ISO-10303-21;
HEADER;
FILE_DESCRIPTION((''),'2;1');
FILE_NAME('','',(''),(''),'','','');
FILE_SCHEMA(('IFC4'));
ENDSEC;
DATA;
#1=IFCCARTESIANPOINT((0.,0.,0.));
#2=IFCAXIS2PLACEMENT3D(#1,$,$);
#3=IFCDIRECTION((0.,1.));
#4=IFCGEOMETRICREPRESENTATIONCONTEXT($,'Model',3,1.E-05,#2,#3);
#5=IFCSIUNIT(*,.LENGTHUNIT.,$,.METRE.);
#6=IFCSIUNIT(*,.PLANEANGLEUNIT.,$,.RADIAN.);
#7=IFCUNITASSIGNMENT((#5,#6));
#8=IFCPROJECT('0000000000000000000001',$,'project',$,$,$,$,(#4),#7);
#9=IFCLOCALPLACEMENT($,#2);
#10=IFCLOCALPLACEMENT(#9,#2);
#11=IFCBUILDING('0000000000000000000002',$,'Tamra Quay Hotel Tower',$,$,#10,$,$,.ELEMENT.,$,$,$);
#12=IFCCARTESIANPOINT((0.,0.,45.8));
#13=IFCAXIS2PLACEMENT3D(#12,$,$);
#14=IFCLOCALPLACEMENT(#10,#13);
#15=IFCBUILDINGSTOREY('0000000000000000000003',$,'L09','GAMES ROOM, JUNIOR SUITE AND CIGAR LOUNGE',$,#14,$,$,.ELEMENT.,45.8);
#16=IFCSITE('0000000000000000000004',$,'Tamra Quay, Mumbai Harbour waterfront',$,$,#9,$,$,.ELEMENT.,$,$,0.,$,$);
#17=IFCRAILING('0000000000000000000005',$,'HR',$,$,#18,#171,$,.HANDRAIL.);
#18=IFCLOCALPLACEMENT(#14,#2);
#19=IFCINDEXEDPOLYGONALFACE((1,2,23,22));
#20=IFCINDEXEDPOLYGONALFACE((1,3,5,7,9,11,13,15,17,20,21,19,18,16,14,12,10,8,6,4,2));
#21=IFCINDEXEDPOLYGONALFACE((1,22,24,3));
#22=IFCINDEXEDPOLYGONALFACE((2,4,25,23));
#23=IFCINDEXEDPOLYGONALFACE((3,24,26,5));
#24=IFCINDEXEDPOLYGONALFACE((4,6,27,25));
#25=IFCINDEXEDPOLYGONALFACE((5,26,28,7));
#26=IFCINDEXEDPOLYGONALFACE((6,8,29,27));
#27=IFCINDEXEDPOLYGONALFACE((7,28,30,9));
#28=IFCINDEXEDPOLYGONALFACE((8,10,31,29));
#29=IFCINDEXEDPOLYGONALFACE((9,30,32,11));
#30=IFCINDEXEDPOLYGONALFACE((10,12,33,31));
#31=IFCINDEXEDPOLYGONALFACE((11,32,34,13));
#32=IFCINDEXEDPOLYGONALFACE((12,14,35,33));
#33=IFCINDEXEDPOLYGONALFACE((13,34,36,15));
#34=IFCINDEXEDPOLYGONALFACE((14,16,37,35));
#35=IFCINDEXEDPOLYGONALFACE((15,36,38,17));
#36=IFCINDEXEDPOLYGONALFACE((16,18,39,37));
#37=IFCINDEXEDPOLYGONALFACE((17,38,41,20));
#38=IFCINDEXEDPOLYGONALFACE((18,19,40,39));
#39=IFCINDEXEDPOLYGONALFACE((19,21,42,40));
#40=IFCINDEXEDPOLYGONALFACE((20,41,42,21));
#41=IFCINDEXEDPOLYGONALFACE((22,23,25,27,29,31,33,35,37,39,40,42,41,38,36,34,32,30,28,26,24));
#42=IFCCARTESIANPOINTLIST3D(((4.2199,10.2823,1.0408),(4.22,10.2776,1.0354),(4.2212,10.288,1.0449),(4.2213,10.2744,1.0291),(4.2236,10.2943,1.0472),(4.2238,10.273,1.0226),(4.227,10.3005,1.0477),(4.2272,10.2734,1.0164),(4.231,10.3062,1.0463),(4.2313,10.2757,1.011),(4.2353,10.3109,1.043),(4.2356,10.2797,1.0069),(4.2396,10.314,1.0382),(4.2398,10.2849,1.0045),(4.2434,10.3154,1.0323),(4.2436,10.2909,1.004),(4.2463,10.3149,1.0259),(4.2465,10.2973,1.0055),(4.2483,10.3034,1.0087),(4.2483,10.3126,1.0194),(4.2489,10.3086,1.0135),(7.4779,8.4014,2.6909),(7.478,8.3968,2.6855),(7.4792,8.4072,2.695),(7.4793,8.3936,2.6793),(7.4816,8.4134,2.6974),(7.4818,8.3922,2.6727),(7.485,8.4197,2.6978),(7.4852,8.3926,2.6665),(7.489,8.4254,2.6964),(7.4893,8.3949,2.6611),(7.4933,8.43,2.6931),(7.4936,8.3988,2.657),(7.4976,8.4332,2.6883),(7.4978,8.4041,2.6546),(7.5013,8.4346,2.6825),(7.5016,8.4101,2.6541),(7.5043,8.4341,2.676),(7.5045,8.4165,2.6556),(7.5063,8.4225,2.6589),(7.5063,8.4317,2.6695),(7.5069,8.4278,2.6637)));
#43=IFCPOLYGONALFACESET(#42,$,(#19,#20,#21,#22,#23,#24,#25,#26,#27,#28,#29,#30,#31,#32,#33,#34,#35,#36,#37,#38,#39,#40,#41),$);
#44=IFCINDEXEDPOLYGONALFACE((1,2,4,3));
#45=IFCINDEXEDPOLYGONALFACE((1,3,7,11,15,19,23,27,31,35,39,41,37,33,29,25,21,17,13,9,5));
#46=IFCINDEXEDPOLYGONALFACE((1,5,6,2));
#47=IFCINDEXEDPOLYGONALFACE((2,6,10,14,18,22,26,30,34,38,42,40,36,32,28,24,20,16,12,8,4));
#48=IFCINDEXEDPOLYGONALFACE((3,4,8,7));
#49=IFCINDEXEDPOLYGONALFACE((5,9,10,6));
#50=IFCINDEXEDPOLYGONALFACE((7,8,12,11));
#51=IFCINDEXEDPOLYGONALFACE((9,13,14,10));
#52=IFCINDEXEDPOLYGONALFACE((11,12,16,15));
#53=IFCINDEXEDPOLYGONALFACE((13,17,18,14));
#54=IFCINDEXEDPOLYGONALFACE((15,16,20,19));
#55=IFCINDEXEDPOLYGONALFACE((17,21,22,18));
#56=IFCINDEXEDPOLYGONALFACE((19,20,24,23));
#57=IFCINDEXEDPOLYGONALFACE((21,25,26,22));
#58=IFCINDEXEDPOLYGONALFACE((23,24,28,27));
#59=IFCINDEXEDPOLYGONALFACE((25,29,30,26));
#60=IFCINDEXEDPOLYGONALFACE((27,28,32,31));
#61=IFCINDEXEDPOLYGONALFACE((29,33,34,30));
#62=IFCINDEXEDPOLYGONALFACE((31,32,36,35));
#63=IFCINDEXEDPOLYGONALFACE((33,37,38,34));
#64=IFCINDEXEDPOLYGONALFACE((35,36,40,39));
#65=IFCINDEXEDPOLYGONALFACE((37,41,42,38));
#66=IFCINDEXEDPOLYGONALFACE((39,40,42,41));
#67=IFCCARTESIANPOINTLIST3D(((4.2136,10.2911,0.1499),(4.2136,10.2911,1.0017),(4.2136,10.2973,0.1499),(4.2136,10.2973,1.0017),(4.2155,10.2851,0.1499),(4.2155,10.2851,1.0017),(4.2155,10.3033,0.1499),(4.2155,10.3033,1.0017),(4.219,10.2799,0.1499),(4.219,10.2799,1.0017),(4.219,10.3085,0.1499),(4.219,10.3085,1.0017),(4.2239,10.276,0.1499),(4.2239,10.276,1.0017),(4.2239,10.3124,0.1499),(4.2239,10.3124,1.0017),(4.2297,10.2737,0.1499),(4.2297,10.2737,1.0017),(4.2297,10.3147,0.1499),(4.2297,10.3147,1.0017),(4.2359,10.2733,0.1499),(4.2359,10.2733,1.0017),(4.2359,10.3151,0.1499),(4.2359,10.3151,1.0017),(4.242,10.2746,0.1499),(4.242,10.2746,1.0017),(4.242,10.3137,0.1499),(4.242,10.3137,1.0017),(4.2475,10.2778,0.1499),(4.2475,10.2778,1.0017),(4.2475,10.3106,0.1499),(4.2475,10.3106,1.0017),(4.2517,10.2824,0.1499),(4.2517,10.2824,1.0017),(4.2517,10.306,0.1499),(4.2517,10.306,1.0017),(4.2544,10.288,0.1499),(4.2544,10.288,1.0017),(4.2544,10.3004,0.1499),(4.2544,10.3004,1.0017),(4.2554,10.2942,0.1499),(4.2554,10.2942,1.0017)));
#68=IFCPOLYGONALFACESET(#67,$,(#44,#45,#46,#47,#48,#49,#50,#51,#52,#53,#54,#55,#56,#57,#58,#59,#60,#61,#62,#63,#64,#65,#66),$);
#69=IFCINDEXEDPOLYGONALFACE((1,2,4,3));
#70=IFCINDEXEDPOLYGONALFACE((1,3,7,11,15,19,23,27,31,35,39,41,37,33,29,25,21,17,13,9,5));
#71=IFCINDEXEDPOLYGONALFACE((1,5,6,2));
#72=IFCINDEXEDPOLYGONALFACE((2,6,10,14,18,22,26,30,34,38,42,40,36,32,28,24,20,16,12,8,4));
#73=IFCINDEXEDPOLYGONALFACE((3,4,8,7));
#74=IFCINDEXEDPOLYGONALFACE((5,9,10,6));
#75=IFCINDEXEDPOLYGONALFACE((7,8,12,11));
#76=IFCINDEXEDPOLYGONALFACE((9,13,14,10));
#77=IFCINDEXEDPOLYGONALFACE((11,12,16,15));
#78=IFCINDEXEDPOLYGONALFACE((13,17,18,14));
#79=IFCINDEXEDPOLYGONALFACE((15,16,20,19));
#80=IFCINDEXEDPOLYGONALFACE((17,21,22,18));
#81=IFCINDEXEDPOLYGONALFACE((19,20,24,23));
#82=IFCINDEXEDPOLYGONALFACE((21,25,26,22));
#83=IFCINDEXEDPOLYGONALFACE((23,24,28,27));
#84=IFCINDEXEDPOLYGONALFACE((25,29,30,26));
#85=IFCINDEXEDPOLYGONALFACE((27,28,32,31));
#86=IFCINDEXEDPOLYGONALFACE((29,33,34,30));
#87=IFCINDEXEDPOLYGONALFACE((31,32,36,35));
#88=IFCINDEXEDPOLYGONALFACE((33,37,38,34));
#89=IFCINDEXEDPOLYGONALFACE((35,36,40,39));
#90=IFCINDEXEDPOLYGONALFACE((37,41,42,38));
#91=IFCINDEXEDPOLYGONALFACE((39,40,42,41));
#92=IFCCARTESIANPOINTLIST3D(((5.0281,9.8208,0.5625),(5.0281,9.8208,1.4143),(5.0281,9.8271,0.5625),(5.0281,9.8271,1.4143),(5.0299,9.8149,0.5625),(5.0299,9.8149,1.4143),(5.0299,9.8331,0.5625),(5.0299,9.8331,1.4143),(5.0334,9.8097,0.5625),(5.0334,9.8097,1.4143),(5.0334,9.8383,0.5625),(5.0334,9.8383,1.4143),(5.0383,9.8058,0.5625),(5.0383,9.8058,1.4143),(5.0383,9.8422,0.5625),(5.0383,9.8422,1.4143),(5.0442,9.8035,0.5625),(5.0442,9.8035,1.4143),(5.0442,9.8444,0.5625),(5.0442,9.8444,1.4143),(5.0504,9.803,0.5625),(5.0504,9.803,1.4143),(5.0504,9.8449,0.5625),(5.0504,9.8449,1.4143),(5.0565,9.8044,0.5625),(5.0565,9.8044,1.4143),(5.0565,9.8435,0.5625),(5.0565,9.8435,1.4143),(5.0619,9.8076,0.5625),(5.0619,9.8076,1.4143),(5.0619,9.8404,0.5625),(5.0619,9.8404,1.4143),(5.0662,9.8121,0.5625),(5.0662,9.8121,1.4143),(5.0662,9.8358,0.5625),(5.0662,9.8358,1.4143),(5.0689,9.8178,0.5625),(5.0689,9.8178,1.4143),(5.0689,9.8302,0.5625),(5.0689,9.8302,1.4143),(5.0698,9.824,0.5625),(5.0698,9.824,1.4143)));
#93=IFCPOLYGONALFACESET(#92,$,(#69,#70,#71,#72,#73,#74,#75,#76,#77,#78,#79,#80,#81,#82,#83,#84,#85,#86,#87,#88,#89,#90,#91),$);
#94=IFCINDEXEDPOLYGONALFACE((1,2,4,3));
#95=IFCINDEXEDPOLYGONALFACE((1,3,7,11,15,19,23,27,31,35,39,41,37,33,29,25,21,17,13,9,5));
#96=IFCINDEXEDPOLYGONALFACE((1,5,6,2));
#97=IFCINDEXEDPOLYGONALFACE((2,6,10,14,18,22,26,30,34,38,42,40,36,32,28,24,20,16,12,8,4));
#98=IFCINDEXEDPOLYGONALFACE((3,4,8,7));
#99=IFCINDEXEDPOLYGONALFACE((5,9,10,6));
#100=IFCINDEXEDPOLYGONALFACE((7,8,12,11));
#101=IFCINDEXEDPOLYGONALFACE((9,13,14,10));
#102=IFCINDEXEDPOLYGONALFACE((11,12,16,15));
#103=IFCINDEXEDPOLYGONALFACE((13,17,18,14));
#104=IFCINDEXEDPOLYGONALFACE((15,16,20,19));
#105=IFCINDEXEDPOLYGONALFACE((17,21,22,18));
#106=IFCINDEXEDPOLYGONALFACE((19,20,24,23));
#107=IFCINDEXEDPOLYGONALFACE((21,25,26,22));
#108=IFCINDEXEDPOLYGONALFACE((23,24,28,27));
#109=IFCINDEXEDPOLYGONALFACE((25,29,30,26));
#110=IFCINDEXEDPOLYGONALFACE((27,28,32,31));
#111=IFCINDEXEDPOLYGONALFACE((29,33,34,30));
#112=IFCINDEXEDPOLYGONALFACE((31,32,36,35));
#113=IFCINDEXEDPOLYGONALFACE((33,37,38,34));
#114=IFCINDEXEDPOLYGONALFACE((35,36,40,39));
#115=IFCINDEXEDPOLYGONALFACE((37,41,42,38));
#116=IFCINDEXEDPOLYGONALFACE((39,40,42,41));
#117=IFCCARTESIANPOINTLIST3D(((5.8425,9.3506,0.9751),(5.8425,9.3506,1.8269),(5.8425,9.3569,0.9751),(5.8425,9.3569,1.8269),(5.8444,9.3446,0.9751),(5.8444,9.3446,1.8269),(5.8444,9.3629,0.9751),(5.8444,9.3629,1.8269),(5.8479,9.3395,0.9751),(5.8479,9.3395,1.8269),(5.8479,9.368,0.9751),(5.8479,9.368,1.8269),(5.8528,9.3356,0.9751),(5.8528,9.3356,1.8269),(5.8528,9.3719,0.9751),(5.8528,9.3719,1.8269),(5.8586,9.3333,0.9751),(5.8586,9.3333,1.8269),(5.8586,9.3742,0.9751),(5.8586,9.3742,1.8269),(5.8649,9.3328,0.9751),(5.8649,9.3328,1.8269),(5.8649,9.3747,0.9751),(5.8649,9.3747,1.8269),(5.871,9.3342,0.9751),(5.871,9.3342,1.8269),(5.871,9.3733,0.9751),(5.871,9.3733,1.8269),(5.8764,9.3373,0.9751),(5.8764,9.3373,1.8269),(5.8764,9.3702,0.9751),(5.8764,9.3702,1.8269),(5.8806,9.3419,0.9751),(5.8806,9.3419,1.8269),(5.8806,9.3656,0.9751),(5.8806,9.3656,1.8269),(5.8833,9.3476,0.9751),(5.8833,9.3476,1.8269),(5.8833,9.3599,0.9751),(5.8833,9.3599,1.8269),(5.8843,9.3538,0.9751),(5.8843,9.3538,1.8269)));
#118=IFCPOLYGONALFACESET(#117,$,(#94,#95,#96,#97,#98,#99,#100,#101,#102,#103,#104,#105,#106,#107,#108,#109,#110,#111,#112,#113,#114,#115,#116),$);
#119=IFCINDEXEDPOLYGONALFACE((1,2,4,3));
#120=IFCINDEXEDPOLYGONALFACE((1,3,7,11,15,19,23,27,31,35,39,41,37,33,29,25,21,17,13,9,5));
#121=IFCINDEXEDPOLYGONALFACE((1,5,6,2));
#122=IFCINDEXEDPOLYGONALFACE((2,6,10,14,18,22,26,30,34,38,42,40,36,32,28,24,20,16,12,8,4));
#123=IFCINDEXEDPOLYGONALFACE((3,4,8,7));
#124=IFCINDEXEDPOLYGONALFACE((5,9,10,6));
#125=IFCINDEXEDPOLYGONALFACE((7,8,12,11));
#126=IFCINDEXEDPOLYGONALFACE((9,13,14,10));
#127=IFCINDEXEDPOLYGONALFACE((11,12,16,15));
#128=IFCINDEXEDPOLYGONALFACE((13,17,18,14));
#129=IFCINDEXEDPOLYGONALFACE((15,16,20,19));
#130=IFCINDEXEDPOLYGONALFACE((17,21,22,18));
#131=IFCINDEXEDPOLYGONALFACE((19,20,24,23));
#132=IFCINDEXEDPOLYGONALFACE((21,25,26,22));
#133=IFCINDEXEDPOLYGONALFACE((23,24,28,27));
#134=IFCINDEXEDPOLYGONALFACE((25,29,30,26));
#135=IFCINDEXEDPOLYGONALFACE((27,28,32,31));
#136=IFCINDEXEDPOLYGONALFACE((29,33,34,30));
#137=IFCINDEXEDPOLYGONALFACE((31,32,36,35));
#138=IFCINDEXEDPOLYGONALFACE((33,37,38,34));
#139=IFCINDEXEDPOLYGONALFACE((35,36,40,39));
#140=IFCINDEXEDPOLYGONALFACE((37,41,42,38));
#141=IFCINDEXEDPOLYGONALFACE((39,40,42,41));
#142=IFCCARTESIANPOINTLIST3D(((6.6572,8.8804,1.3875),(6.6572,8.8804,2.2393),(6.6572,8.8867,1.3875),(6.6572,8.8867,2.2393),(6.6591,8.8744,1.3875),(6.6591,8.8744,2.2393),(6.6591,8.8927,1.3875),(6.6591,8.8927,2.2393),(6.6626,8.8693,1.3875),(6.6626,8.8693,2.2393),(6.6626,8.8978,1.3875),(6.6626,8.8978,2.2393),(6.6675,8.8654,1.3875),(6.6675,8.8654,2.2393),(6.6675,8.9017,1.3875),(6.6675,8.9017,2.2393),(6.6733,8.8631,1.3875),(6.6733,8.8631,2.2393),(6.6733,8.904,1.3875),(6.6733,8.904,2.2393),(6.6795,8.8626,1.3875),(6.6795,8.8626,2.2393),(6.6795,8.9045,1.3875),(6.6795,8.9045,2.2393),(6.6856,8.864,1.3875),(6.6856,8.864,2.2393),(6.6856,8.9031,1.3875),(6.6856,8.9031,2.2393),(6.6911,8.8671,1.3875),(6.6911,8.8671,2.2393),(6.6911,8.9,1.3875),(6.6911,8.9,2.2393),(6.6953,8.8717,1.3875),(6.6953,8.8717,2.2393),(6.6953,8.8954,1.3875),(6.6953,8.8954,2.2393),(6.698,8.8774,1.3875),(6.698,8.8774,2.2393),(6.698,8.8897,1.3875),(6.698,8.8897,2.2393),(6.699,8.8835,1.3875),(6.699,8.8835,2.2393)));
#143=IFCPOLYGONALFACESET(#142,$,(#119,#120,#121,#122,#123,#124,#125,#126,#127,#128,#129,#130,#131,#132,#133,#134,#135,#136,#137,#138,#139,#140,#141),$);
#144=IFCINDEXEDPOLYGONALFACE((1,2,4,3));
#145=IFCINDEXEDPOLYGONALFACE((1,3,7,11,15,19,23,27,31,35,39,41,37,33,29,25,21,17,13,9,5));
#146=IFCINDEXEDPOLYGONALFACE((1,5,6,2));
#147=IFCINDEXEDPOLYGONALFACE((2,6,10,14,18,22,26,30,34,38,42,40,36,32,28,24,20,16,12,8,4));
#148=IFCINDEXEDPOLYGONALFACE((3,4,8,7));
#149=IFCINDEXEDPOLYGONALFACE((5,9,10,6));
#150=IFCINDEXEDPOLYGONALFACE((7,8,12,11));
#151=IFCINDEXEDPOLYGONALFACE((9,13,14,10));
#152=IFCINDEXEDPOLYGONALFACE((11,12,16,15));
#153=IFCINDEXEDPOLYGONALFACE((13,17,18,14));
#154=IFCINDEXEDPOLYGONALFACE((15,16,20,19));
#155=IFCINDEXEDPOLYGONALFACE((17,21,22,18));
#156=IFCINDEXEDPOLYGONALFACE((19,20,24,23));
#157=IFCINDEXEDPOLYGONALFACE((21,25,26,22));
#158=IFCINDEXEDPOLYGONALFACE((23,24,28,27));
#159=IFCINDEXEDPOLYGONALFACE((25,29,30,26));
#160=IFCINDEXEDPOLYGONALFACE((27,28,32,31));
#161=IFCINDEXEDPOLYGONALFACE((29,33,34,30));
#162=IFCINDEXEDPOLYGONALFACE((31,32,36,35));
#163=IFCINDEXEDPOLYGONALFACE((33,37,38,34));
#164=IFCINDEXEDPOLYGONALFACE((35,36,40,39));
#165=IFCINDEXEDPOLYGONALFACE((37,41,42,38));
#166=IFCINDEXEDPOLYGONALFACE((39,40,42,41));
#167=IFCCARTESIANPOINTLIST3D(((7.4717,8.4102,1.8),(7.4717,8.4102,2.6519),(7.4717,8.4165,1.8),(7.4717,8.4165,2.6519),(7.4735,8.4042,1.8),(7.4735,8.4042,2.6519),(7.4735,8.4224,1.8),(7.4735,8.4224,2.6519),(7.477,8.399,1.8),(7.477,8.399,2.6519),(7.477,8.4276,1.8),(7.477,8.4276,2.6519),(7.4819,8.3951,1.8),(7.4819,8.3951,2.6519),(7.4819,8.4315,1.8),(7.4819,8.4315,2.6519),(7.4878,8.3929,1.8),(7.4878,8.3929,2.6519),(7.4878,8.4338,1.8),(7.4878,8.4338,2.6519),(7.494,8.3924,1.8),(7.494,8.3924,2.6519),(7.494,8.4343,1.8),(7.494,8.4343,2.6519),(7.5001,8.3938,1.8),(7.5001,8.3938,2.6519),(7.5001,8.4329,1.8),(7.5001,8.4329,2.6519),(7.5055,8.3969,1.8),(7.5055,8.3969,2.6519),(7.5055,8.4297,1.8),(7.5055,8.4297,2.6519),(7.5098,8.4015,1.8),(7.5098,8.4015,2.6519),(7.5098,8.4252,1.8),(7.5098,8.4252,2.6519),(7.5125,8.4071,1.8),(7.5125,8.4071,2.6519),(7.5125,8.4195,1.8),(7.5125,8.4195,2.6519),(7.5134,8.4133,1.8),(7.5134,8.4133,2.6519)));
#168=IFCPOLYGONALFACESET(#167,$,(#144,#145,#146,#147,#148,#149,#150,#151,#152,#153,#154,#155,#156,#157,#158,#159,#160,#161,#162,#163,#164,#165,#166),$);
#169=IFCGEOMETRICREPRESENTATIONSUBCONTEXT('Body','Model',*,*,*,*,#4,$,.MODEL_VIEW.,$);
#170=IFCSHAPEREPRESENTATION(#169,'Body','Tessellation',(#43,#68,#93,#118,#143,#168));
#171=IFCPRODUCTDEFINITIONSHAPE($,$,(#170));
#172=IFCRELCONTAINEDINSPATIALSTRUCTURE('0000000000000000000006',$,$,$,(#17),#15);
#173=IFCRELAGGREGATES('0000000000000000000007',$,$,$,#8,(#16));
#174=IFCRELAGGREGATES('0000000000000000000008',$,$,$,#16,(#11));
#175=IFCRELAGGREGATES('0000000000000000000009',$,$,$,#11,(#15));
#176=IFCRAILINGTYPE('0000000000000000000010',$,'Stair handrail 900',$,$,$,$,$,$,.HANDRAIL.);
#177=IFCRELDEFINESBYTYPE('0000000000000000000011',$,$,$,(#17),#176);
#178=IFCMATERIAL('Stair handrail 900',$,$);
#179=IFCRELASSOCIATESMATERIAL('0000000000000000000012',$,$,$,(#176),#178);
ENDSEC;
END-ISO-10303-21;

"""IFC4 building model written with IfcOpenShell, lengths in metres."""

from ifc_helpers import new_model, si_unit, direction, frame, origin, origin_2d, place, context, subcontext, project, spatial, circle, extrude, material, type_object, element, save


model = new_model("IFC4")

# Units and contexts
model_context = context("Model", 3, precision=1e-05, world=origin(), true_north=direction((0.0, 1.0)))
body_context = subcontext(model_context, "Body", "Model", "MODEL_VIEW")
ifc_project = project(units=[si_unit("LENGTHUNIT", "METRE"), si_unit("PLANEANGLEUNIT", "RADIAN")], contexts=[model_context])

# Site, building, storey
site_placement = place(None, origin())
site = spatial("IfcSite", under=ifc_project, at=site_placement, Name="Tamra Quay, Mumbai Harbour waterfront", CompositionType="ELEMENT", RefElevation=0.0)
building_placement = place(site_placement, origin())
building = spatial("IfcBuilding", under=site, at=building_placement, Name="Tamra Quay Hotel Tower", CompositionType="ELEMENT")
storey_placement = place(building_placement, frame((0.0, 0.0, 45.8)))
storey = spatial("IfcBuildingStorey", under=building, at=storey_placement, Name="L09", Description="GAMES ROOM, JUNIOR SUITE AND CIGAR LOUNGE", CompositionType="ELEMENT", Elevation=45.8)

# Railing
ifc_material_1 = material(Name="Stair handrail 900")
railing_type = type_object("IfcRailingType", Name="Stair handrail 900", PredefinedType="HANDRAIL", material=ifc_material_1)
railing_placement = place(storey_placement, frame((4.2344, 10.2942, 0.1499)))
element("IfcRailing", 1, at=railing_placement, inside=storey, type_object=railing_type, Name="HR", PredefinedType="HANDRAIL", context=body_context, shape_type="SweptSolid", body=[
    extrude(circle(Radius=0.0239, at=origin_2d()), frame((0.0, 0.0, 0.876), z_axis=(0.793103, -0.457854, 0.401692), x_axis=(0.499964, 0.866046, 0.0)), (0.0, 0.0, 1.0), 4.1079),
    extrude(circle(Radius=0.021, at=origin_2d()), origin(), (0.0, 0.0, 1.0), 0.8518),
    extrude(circle(Radius=0.021, at=origin_2d()), frame((0.8145, -0.4702, 0.4126)), (0.0, 0.0, 1.0), 0.8518),
    extrude(circle(Radius=0.021, at=origin_2d()), frame((1.6289, -0.9404, 0.8252)), (0.0, 0.0, 1.0), 0.8518),
    extrude(circle(Radius=0.021, at=origin_2d()), frame((2.4436, -1.4106, 1.2375)), (0.0, 0.0, 1.0), 0.8518),
    extrude(circle(Radius=0.021, at=origin_2d()), frame((3.2581, -1.8809, 1.6501)), (0.0, 0.0, 1.0), 0.8518),
])

save(model, "model.ifc")
